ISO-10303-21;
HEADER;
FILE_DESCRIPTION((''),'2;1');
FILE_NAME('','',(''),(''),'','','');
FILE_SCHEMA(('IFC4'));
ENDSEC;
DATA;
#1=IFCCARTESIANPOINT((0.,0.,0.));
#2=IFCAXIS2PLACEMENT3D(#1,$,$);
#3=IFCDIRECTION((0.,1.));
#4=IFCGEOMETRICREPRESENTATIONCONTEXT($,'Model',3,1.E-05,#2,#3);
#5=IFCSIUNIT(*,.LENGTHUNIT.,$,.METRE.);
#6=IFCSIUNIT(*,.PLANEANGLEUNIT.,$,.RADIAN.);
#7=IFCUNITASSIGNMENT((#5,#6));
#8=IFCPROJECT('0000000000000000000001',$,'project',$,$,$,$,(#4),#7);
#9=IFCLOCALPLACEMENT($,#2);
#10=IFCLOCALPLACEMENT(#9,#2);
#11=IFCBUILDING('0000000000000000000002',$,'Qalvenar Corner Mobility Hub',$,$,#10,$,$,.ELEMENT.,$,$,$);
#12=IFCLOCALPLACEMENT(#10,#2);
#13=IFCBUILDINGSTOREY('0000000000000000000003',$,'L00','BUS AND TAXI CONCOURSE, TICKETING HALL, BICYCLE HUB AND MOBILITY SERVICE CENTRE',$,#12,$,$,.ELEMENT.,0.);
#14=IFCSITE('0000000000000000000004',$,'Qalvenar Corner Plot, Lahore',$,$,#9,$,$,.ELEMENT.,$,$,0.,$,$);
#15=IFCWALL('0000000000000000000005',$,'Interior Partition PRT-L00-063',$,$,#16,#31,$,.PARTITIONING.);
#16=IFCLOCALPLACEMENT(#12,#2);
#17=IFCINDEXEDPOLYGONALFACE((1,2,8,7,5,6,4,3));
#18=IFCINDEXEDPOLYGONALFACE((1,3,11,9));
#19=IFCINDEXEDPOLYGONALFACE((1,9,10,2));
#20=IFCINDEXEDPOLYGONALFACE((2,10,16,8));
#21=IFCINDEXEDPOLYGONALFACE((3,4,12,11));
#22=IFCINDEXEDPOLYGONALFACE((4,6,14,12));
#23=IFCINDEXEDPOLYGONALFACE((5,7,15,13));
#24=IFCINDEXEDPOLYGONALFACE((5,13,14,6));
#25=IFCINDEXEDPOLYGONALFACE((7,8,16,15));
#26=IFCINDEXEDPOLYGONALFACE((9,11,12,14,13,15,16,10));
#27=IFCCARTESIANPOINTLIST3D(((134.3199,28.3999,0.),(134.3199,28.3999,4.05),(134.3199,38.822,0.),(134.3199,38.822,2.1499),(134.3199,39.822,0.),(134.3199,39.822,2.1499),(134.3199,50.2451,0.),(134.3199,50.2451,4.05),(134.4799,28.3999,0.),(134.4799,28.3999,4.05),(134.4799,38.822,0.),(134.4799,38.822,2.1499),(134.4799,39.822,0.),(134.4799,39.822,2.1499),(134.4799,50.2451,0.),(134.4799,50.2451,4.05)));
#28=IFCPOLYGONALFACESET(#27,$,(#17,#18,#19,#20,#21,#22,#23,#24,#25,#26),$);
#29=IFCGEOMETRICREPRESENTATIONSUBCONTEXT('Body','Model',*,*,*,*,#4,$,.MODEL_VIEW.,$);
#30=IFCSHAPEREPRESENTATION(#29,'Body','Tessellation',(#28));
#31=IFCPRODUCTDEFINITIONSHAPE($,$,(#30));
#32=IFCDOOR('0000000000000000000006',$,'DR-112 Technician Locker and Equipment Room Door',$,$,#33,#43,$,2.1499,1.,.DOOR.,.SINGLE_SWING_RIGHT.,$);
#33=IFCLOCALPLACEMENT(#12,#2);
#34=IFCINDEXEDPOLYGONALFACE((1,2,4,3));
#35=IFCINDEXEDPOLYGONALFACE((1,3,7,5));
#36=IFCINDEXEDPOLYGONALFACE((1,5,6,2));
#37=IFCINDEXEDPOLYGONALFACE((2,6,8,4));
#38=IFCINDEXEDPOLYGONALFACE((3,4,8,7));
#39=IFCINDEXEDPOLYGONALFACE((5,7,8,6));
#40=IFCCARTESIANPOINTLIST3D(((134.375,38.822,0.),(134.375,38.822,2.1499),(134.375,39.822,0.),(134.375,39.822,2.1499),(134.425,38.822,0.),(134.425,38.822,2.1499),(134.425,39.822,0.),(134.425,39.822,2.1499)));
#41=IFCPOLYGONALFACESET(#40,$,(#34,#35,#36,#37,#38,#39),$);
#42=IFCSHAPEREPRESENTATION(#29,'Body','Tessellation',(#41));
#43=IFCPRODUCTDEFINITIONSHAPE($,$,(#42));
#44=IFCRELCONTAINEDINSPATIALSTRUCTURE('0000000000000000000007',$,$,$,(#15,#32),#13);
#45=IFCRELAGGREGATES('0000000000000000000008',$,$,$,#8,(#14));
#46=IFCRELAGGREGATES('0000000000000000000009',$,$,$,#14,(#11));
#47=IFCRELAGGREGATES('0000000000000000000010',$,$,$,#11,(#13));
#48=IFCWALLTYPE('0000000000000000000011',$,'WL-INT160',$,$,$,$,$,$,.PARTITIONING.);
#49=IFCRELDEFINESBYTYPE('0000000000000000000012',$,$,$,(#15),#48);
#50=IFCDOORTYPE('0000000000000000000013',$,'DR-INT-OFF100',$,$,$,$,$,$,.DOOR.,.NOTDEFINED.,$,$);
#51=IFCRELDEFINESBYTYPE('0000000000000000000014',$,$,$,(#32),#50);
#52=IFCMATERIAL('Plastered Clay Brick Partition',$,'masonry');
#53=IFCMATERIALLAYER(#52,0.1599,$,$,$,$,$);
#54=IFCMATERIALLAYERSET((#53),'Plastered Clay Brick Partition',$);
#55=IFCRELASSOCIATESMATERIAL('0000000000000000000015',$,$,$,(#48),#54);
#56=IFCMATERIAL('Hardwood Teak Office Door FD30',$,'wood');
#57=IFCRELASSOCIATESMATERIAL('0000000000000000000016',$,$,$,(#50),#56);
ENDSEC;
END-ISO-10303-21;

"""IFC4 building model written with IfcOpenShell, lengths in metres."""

from ifc_helpers import new_model, si_unit, direction, frame, frame_2d, origin, place, context, subcontext, project, spatial, rectangle, extrude, material, layer, layer_set, type_object, element, fill, save


model = new_model("IFC4")

# Units and contexts
model_context = context("Model", 3, precision=1e-05, world=origin(), true_north=direction((0.0, 1.0)))
body_context = subcontext(model_context, "Body", "Model", "MODEL_VIEW")
ifc_project = project(units=[si_unit("LENGTHUNIT", "METRE"), si_unit("PLANEANGLEUNIT", "RADIAN")], contexts=[model_context])

# Site, building, storey
site_placement = place(None, origin())
site = spatial("IfcSite", under=ifc_project, at=site_placement, Name="Qalvenar Corner Plot, Lahore", CompositionType="ELEMENT", RefElevation=0.0)
building_placement = place(site_placement, origin())
building = spatial("IfcBuilding", under=site, at=building_placement, Name="Qalvenar Corner Mobility Hub", CompositionType="ELEMENT")
storey_placement = place(building_placement, origin())
storey = spatial("IfcBuildingStorey", under=building, at=storey_placement, Name="L00", Description="BUS AND TAXI CONCOURSE, TICKETING HALL, BICYCLE HUB AND MOBILITY SERVICE CENTRE", CompositionType="ELEMENT", Elevation=0.0)

# Wall, opening, door
ifc_material_1 = material(Name="Plastered Clay Brick Partition", Category="masonry")
ifc_layer_1 = layer(ifc_material_1, 0.1599)
ifc_layer_set_1 = layer_set([ifc_layer_1], Name="Plastered Clay Brick Partition")
wall_type_1 = type_object("IfcWallType", Name="WL-INT160", PredefinedType="PARTITIONING", material=ifc_layer_set_1)
wall_1_placement = place(storey_placement, frame((134.3999, 28.3999, 0.0), z_axis=(0.0, 0.0, 1.0), x_axis=(0.0, 1.0, 0.0)))
wall_1 = element("IfcWall", 1, at=wall_1_placement, inside=storey, type_object=wall_type_1, Name="Interior Partition PRT-L00-063", PredefinedType="PARTITIONING", context=body_context, shape_type="SweptSolid", body=[
    extrude(rectangle(XDim=21.8452, YDim=0.1599, at=frame_2d((10.9226, 0.0))), origin(), (0.0, 0.0, 1.0), 4.05),
])
opening_placement = place(wall_1_placement, frame((10.4221, 0.0, 0.0)))
opening = element("IfcOpeningElement", 2, at=opening_placement, cuts=wall_1, PredefinedType="OPENING", context=body_context, shape_type="SweptSolid", body=[
    extrude(rectangle(XDim=1.0, YDim=2.1499, at=frame_2d((0.5, 1.075))), frame((0.0, 0.0898, 0.0), z_axis=(0.0, -1.0, 0.0), x_axis=(1.0, 0.0, 0.0)), (0.0, 0.0, 1.0), 0.1799),
])
ifc_material_2 = material(Name="Hardwood Teak Office Door FD30", Category="wood")
door_type = type_object("IfcDoorType", Name="DR-INT-OFF100", OperationType="NOTDEFINED", PredefinedType="DOOR", material=ifc_material_2)
door_placement = place(opening_placement, origin())
door = element("IfcDoor", 3, at=door_placement, inside=storey, type_object=door_type, Name="DR-112 Technician Locker and Equipment Room Door", OperationType="SINGLE_SWING_RIGHT", OverallHeight=2.1499, OverallWidth=1.0, PredefinedType="DOOR", context=body_context, shape_type="SweptSolid", body=[
    extrude(rectangle(XDim=1.0, YDim=2.1499, at=frame_2d((0.5, 1.075))), frame((0.0, 0.0249, 0.0), z_axis=(0.0, -1.0, 0.0), x_axis=(1.0, 0.0, 0.0)), (0.0, 0.0, 1.0), 0.05),
])
fill(opening, door)

save(model, "model.ifc")
